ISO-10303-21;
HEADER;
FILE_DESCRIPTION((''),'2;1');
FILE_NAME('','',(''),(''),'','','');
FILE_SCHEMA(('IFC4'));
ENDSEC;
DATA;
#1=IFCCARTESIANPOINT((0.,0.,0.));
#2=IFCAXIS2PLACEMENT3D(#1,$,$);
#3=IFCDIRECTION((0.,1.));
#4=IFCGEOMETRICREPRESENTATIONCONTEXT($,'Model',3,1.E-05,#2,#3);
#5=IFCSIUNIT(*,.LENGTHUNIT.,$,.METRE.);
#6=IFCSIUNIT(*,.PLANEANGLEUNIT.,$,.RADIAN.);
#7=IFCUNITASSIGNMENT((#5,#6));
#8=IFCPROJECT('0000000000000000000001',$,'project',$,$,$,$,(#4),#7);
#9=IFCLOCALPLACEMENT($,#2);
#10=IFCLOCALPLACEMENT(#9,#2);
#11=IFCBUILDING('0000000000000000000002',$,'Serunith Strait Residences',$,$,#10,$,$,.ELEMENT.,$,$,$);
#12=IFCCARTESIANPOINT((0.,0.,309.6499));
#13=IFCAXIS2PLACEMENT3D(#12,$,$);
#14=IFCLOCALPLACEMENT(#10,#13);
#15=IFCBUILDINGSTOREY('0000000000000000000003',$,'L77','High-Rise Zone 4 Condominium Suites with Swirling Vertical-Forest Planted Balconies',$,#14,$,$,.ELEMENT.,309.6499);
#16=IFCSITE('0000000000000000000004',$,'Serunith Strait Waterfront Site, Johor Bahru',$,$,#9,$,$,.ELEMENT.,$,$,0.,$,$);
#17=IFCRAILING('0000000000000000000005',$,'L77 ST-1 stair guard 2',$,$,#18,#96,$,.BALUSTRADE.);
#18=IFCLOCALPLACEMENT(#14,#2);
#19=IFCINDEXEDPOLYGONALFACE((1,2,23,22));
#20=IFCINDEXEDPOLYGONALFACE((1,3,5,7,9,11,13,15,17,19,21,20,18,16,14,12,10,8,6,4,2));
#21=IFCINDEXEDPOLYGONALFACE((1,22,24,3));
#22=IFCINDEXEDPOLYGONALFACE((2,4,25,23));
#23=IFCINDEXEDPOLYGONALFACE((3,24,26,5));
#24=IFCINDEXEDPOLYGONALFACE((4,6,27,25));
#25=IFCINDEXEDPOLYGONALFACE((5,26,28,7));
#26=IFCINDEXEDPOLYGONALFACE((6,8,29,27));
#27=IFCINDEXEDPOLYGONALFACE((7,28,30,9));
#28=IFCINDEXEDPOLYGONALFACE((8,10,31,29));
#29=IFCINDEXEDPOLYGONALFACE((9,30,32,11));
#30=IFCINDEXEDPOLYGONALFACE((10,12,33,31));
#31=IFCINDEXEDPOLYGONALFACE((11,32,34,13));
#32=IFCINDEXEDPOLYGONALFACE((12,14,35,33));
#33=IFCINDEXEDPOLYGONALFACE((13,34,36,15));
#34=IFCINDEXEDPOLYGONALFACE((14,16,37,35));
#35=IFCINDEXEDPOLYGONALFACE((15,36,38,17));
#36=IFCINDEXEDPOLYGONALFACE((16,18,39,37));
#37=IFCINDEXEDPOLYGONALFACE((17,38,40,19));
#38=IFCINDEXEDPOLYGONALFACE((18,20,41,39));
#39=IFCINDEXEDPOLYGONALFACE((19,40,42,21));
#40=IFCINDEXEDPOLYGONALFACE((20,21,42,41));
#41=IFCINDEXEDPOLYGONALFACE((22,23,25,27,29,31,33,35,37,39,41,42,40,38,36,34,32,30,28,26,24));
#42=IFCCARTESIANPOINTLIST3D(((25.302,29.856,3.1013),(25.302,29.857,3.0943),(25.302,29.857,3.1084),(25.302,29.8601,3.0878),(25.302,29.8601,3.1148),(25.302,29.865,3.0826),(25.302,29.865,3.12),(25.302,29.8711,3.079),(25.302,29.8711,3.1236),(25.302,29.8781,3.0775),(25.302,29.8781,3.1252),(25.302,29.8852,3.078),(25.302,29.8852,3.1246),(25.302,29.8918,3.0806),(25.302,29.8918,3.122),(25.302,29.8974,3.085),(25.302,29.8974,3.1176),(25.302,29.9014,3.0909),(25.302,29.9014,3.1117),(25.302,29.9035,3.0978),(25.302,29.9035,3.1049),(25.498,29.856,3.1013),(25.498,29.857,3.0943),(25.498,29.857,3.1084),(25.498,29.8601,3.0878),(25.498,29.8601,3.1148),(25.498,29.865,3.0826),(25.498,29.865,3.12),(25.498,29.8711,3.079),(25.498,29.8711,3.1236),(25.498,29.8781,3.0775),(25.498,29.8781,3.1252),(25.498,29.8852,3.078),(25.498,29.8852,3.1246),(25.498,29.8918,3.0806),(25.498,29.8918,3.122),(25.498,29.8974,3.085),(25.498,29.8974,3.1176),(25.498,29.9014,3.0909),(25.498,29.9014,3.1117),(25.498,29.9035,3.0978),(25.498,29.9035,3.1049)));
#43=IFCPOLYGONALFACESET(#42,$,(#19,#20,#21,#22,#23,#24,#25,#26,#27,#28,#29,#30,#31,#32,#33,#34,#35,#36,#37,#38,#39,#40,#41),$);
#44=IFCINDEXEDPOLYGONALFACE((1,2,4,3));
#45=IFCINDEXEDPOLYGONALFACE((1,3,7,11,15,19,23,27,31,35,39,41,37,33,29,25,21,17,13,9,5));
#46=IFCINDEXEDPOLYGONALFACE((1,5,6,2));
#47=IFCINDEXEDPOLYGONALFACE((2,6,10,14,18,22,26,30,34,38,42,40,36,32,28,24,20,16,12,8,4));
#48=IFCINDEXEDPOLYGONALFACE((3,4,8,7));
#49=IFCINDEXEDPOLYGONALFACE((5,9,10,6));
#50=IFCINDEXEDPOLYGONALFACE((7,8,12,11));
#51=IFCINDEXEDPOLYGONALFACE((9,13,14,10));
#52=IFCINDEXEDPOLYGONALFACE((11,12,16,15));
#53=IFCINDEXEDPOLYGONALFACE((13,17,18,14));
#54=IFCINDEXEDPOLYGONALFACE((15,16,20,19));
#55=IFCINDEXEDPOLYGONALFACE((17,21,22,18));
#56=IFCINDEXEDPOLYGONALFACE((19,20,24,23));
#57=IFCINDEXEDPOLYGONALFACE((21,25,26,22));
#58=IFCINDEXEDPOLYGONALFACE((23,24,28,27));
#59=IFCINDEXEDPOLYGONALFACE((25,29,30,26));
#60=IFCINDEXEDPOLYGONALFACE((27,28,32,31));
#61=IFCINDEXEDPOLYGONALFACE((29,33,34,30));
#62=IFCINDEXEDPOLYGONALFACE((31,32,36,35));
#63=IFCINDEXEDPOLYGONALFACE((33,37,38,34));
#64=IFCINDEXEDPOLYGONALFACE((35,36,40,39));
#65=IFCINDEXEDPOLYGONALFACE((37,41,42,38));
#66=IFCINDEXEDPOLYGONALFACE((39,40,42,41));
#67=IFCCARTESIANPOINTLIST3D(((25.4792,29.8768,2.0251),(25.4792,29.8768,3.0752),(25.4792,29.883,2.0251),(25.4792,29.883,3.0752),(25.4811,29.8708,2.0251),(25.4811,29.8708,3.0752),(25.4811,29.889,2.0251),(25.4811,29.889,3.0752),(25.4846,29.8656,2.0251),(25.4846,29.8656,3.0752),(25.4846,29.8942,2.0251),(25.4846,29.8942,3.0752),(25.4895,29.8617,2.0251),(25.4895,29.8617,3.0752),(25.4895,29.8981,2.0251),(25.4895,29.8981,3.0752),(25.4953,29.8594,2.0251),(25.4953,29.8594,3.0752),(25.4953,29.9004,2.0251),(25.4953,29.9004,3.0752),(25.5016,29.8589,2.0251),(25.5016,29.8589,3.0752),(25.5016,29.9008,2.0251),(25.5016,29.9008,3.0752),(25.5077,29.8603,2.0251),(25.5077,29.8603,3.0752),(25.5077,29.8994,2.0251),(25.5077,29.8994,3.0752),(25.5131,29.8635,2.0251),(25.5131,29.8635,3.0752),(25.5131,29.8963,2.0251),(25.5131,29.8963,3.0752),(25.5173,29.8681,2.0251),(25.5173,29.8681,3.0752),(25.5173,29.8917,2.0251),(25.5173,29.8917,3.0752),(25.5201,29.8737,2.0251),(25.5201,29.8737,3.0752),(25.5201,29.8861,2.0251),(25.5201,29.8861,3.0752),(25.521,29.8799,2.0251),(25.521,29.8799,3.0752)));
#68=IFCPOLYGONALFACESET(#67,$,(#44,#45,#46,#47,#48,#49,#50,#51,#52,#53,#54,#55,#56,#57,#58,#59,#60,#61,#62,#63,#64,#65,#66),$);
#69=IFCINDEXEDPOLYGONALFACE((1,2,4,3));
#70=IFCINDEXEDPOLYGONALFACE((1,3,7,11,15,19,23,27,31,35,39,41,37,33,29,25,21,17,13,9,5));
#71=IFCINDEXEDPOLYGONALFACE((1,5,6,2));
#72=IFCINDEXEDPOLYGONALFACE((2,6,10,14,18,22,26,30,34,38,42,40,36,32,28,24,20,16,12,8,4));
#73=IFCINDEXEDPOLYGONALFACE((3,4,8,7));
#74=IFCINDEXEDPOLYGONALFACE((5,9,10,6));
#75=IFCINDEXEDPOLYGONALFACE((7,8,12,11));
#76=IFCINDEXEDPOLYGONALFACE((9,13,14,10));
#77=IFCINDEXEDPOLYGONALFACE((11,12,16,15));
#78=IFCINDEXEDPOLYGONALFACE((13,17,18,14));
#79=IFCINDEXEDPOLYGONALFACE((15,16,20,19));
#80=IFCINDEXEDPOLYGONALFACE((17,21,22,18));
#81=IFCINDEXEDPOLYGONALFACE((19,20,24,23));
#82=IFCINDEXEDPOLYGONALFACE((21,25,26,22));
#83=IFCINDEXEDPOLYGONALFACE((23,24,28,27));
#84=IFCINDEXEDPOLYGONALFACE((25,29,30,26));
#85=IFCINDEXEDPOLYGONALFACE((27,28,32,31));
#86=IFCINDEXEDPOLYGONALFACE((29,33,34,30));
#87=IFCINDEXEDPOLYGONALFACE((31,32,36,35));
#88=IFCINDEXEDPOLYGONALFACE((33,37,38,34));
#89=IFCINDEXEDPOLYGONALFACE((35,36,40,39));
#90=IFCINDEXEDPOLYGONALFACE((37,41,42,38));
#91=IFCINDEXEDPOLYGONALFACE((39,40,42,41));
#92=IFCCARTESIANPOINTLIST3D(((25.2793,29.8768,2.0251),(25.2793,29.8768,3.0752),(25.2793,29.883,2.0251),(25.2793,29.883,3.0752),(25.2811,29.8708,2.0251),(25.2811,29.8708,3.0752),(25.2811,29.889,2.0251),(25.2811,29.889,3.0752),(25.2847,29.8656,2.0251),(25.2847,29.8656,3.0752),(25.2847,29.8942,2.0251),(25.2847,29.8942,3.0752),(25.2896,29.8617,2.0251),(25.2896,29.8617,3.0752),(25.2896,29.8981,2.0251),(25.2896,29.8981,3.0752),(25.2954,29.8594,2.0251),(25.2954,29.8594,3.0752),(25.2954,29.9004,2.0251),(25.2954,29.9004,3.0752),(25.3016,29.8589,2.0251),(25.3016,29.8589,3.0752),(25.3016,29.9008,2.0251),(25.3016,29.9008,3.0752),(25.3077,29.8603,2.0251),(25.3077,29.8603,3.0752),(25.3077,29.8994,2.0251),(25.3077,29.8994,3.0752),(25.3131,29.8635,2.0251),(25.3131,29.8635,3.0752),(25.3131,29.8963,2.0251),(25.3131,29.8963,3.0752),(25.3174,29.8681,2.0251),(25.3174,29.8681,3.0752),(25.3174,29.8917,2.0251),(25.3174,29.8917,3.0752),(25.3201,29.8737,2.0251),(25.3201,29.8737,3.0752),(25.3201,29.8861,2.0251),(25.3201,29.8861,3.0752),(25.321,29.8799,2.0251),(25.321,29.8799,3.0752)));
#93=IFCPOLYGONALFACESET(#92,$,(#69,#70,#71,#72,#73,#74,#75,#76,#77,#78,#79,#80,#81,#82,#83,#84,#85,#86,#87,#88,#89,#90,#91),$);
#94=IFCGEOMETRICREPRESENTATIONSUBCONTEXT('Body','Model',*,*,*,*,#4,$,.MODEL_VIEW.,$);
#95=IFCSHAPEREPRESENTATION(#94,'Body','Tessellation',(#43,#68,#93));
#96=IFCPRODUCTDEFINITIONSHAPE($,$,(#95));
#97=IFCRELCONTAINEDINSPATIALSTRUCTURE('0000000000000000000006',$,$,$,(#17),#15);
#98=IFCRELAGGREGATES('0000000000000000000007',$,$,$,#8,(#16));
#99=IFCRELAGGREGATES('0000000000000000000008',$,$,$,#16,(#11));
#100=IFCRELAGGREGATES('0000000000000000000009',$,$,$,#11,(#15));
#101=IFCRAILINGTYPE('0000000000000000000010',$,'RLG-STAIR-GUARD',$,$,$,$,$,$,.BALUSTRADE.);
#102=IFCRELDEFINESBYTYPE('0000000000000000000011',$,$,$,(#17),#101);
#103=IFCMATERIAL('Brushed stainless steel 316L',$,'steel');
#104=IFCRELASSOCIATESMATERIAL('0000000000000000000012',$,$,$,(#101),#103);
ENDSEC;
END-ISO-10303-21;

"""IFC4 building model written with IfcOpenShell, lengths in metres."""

from ifc_helpers import new_model, si_unit, direction, frame, origin, origin_2d, place, context, subcontext, project, spatial, circle, extrude, material, type_object, element, save


model = new_model("IFC4")

# Units and contexts
model_context = context("Model", 3, precision=1e-05, world=origin(), true_north=direction((0.0, 1.0)))
body_context = subcontext(model_context, "Body", "Model", "MODEL_VIEW")
ifc_project = project(units=[si_unit("LENGTHUNIT", "METRE"), si_unit("PLANEANGLEUNIT", "RADIAN")], contexts=[model_context])

# Site, building, storey
site_placement = place(None, origin())
site = spatial("IfcSite", under=ifc_project, at=site_placement, Name="Serunith Strait Waterfront Site, Johor Bahru", CompositionType="ELEMENT", RefElevation=0.0)
building_placement = place(site_placement, origin())
building = spatial("IfcBuilding", under=site, at=building_placement, Name="Serunith Strait Residences", CompositionType="ELEMENT")
storey_placement = place(building_placement, frame((0.0, 0.0, 309.6499)))
storey = spatial("IfcBuildingStorey", under=building, at=storey_placement, Name="L77", Description="High-Rise Zone 4 Condominium Suites with Swirling Vertical-Forest Planted Balconies", CompositionType="ELEMENT", Elevation=309.6499)

# Railing
ifc_material_1 = material(Name="Brushed stainless steel 316L", Category="steel")
railing_type_1 = type_object("IfcRailingType", Name="RLG-STAIR-GUARD", PredefinedType="BALUSTRADE", material=ifc_material_1)
railing_1_placement = place(storey_placement, frame((25.5, 29.8799, 2.0251)))
element("IfcRailing", 1, at=railing_1_placement, inside=storey, type_object=railing_type_1, Name="L77 ST-1 stair guard 2", PredefinedType="BALUSTRADE", context=body_context, shape_type="SweptSolid", body=[
    extrude(circle(Radius=0.0239, at=origin_2d()), frame((-0.002, 0.0, 1.0762), z_axis=(-1.0, 0.0, 0.0), x_axis=(0.0, -1.0, 0.0)), (0.0, 0.0, 1.0), 0.196),
    extrude(circle(Radius=0.021, at=origin_2d()), origin(), (0.0, 0.0, 1.0), 1.05),
    extrude(circle(Radius=0.021, at=origin_2d()), frame((-0.2, 0.0, 0.0)), (0.0, 0.0, 1.0), 1.05),
])

save(model, "model.ifc")
